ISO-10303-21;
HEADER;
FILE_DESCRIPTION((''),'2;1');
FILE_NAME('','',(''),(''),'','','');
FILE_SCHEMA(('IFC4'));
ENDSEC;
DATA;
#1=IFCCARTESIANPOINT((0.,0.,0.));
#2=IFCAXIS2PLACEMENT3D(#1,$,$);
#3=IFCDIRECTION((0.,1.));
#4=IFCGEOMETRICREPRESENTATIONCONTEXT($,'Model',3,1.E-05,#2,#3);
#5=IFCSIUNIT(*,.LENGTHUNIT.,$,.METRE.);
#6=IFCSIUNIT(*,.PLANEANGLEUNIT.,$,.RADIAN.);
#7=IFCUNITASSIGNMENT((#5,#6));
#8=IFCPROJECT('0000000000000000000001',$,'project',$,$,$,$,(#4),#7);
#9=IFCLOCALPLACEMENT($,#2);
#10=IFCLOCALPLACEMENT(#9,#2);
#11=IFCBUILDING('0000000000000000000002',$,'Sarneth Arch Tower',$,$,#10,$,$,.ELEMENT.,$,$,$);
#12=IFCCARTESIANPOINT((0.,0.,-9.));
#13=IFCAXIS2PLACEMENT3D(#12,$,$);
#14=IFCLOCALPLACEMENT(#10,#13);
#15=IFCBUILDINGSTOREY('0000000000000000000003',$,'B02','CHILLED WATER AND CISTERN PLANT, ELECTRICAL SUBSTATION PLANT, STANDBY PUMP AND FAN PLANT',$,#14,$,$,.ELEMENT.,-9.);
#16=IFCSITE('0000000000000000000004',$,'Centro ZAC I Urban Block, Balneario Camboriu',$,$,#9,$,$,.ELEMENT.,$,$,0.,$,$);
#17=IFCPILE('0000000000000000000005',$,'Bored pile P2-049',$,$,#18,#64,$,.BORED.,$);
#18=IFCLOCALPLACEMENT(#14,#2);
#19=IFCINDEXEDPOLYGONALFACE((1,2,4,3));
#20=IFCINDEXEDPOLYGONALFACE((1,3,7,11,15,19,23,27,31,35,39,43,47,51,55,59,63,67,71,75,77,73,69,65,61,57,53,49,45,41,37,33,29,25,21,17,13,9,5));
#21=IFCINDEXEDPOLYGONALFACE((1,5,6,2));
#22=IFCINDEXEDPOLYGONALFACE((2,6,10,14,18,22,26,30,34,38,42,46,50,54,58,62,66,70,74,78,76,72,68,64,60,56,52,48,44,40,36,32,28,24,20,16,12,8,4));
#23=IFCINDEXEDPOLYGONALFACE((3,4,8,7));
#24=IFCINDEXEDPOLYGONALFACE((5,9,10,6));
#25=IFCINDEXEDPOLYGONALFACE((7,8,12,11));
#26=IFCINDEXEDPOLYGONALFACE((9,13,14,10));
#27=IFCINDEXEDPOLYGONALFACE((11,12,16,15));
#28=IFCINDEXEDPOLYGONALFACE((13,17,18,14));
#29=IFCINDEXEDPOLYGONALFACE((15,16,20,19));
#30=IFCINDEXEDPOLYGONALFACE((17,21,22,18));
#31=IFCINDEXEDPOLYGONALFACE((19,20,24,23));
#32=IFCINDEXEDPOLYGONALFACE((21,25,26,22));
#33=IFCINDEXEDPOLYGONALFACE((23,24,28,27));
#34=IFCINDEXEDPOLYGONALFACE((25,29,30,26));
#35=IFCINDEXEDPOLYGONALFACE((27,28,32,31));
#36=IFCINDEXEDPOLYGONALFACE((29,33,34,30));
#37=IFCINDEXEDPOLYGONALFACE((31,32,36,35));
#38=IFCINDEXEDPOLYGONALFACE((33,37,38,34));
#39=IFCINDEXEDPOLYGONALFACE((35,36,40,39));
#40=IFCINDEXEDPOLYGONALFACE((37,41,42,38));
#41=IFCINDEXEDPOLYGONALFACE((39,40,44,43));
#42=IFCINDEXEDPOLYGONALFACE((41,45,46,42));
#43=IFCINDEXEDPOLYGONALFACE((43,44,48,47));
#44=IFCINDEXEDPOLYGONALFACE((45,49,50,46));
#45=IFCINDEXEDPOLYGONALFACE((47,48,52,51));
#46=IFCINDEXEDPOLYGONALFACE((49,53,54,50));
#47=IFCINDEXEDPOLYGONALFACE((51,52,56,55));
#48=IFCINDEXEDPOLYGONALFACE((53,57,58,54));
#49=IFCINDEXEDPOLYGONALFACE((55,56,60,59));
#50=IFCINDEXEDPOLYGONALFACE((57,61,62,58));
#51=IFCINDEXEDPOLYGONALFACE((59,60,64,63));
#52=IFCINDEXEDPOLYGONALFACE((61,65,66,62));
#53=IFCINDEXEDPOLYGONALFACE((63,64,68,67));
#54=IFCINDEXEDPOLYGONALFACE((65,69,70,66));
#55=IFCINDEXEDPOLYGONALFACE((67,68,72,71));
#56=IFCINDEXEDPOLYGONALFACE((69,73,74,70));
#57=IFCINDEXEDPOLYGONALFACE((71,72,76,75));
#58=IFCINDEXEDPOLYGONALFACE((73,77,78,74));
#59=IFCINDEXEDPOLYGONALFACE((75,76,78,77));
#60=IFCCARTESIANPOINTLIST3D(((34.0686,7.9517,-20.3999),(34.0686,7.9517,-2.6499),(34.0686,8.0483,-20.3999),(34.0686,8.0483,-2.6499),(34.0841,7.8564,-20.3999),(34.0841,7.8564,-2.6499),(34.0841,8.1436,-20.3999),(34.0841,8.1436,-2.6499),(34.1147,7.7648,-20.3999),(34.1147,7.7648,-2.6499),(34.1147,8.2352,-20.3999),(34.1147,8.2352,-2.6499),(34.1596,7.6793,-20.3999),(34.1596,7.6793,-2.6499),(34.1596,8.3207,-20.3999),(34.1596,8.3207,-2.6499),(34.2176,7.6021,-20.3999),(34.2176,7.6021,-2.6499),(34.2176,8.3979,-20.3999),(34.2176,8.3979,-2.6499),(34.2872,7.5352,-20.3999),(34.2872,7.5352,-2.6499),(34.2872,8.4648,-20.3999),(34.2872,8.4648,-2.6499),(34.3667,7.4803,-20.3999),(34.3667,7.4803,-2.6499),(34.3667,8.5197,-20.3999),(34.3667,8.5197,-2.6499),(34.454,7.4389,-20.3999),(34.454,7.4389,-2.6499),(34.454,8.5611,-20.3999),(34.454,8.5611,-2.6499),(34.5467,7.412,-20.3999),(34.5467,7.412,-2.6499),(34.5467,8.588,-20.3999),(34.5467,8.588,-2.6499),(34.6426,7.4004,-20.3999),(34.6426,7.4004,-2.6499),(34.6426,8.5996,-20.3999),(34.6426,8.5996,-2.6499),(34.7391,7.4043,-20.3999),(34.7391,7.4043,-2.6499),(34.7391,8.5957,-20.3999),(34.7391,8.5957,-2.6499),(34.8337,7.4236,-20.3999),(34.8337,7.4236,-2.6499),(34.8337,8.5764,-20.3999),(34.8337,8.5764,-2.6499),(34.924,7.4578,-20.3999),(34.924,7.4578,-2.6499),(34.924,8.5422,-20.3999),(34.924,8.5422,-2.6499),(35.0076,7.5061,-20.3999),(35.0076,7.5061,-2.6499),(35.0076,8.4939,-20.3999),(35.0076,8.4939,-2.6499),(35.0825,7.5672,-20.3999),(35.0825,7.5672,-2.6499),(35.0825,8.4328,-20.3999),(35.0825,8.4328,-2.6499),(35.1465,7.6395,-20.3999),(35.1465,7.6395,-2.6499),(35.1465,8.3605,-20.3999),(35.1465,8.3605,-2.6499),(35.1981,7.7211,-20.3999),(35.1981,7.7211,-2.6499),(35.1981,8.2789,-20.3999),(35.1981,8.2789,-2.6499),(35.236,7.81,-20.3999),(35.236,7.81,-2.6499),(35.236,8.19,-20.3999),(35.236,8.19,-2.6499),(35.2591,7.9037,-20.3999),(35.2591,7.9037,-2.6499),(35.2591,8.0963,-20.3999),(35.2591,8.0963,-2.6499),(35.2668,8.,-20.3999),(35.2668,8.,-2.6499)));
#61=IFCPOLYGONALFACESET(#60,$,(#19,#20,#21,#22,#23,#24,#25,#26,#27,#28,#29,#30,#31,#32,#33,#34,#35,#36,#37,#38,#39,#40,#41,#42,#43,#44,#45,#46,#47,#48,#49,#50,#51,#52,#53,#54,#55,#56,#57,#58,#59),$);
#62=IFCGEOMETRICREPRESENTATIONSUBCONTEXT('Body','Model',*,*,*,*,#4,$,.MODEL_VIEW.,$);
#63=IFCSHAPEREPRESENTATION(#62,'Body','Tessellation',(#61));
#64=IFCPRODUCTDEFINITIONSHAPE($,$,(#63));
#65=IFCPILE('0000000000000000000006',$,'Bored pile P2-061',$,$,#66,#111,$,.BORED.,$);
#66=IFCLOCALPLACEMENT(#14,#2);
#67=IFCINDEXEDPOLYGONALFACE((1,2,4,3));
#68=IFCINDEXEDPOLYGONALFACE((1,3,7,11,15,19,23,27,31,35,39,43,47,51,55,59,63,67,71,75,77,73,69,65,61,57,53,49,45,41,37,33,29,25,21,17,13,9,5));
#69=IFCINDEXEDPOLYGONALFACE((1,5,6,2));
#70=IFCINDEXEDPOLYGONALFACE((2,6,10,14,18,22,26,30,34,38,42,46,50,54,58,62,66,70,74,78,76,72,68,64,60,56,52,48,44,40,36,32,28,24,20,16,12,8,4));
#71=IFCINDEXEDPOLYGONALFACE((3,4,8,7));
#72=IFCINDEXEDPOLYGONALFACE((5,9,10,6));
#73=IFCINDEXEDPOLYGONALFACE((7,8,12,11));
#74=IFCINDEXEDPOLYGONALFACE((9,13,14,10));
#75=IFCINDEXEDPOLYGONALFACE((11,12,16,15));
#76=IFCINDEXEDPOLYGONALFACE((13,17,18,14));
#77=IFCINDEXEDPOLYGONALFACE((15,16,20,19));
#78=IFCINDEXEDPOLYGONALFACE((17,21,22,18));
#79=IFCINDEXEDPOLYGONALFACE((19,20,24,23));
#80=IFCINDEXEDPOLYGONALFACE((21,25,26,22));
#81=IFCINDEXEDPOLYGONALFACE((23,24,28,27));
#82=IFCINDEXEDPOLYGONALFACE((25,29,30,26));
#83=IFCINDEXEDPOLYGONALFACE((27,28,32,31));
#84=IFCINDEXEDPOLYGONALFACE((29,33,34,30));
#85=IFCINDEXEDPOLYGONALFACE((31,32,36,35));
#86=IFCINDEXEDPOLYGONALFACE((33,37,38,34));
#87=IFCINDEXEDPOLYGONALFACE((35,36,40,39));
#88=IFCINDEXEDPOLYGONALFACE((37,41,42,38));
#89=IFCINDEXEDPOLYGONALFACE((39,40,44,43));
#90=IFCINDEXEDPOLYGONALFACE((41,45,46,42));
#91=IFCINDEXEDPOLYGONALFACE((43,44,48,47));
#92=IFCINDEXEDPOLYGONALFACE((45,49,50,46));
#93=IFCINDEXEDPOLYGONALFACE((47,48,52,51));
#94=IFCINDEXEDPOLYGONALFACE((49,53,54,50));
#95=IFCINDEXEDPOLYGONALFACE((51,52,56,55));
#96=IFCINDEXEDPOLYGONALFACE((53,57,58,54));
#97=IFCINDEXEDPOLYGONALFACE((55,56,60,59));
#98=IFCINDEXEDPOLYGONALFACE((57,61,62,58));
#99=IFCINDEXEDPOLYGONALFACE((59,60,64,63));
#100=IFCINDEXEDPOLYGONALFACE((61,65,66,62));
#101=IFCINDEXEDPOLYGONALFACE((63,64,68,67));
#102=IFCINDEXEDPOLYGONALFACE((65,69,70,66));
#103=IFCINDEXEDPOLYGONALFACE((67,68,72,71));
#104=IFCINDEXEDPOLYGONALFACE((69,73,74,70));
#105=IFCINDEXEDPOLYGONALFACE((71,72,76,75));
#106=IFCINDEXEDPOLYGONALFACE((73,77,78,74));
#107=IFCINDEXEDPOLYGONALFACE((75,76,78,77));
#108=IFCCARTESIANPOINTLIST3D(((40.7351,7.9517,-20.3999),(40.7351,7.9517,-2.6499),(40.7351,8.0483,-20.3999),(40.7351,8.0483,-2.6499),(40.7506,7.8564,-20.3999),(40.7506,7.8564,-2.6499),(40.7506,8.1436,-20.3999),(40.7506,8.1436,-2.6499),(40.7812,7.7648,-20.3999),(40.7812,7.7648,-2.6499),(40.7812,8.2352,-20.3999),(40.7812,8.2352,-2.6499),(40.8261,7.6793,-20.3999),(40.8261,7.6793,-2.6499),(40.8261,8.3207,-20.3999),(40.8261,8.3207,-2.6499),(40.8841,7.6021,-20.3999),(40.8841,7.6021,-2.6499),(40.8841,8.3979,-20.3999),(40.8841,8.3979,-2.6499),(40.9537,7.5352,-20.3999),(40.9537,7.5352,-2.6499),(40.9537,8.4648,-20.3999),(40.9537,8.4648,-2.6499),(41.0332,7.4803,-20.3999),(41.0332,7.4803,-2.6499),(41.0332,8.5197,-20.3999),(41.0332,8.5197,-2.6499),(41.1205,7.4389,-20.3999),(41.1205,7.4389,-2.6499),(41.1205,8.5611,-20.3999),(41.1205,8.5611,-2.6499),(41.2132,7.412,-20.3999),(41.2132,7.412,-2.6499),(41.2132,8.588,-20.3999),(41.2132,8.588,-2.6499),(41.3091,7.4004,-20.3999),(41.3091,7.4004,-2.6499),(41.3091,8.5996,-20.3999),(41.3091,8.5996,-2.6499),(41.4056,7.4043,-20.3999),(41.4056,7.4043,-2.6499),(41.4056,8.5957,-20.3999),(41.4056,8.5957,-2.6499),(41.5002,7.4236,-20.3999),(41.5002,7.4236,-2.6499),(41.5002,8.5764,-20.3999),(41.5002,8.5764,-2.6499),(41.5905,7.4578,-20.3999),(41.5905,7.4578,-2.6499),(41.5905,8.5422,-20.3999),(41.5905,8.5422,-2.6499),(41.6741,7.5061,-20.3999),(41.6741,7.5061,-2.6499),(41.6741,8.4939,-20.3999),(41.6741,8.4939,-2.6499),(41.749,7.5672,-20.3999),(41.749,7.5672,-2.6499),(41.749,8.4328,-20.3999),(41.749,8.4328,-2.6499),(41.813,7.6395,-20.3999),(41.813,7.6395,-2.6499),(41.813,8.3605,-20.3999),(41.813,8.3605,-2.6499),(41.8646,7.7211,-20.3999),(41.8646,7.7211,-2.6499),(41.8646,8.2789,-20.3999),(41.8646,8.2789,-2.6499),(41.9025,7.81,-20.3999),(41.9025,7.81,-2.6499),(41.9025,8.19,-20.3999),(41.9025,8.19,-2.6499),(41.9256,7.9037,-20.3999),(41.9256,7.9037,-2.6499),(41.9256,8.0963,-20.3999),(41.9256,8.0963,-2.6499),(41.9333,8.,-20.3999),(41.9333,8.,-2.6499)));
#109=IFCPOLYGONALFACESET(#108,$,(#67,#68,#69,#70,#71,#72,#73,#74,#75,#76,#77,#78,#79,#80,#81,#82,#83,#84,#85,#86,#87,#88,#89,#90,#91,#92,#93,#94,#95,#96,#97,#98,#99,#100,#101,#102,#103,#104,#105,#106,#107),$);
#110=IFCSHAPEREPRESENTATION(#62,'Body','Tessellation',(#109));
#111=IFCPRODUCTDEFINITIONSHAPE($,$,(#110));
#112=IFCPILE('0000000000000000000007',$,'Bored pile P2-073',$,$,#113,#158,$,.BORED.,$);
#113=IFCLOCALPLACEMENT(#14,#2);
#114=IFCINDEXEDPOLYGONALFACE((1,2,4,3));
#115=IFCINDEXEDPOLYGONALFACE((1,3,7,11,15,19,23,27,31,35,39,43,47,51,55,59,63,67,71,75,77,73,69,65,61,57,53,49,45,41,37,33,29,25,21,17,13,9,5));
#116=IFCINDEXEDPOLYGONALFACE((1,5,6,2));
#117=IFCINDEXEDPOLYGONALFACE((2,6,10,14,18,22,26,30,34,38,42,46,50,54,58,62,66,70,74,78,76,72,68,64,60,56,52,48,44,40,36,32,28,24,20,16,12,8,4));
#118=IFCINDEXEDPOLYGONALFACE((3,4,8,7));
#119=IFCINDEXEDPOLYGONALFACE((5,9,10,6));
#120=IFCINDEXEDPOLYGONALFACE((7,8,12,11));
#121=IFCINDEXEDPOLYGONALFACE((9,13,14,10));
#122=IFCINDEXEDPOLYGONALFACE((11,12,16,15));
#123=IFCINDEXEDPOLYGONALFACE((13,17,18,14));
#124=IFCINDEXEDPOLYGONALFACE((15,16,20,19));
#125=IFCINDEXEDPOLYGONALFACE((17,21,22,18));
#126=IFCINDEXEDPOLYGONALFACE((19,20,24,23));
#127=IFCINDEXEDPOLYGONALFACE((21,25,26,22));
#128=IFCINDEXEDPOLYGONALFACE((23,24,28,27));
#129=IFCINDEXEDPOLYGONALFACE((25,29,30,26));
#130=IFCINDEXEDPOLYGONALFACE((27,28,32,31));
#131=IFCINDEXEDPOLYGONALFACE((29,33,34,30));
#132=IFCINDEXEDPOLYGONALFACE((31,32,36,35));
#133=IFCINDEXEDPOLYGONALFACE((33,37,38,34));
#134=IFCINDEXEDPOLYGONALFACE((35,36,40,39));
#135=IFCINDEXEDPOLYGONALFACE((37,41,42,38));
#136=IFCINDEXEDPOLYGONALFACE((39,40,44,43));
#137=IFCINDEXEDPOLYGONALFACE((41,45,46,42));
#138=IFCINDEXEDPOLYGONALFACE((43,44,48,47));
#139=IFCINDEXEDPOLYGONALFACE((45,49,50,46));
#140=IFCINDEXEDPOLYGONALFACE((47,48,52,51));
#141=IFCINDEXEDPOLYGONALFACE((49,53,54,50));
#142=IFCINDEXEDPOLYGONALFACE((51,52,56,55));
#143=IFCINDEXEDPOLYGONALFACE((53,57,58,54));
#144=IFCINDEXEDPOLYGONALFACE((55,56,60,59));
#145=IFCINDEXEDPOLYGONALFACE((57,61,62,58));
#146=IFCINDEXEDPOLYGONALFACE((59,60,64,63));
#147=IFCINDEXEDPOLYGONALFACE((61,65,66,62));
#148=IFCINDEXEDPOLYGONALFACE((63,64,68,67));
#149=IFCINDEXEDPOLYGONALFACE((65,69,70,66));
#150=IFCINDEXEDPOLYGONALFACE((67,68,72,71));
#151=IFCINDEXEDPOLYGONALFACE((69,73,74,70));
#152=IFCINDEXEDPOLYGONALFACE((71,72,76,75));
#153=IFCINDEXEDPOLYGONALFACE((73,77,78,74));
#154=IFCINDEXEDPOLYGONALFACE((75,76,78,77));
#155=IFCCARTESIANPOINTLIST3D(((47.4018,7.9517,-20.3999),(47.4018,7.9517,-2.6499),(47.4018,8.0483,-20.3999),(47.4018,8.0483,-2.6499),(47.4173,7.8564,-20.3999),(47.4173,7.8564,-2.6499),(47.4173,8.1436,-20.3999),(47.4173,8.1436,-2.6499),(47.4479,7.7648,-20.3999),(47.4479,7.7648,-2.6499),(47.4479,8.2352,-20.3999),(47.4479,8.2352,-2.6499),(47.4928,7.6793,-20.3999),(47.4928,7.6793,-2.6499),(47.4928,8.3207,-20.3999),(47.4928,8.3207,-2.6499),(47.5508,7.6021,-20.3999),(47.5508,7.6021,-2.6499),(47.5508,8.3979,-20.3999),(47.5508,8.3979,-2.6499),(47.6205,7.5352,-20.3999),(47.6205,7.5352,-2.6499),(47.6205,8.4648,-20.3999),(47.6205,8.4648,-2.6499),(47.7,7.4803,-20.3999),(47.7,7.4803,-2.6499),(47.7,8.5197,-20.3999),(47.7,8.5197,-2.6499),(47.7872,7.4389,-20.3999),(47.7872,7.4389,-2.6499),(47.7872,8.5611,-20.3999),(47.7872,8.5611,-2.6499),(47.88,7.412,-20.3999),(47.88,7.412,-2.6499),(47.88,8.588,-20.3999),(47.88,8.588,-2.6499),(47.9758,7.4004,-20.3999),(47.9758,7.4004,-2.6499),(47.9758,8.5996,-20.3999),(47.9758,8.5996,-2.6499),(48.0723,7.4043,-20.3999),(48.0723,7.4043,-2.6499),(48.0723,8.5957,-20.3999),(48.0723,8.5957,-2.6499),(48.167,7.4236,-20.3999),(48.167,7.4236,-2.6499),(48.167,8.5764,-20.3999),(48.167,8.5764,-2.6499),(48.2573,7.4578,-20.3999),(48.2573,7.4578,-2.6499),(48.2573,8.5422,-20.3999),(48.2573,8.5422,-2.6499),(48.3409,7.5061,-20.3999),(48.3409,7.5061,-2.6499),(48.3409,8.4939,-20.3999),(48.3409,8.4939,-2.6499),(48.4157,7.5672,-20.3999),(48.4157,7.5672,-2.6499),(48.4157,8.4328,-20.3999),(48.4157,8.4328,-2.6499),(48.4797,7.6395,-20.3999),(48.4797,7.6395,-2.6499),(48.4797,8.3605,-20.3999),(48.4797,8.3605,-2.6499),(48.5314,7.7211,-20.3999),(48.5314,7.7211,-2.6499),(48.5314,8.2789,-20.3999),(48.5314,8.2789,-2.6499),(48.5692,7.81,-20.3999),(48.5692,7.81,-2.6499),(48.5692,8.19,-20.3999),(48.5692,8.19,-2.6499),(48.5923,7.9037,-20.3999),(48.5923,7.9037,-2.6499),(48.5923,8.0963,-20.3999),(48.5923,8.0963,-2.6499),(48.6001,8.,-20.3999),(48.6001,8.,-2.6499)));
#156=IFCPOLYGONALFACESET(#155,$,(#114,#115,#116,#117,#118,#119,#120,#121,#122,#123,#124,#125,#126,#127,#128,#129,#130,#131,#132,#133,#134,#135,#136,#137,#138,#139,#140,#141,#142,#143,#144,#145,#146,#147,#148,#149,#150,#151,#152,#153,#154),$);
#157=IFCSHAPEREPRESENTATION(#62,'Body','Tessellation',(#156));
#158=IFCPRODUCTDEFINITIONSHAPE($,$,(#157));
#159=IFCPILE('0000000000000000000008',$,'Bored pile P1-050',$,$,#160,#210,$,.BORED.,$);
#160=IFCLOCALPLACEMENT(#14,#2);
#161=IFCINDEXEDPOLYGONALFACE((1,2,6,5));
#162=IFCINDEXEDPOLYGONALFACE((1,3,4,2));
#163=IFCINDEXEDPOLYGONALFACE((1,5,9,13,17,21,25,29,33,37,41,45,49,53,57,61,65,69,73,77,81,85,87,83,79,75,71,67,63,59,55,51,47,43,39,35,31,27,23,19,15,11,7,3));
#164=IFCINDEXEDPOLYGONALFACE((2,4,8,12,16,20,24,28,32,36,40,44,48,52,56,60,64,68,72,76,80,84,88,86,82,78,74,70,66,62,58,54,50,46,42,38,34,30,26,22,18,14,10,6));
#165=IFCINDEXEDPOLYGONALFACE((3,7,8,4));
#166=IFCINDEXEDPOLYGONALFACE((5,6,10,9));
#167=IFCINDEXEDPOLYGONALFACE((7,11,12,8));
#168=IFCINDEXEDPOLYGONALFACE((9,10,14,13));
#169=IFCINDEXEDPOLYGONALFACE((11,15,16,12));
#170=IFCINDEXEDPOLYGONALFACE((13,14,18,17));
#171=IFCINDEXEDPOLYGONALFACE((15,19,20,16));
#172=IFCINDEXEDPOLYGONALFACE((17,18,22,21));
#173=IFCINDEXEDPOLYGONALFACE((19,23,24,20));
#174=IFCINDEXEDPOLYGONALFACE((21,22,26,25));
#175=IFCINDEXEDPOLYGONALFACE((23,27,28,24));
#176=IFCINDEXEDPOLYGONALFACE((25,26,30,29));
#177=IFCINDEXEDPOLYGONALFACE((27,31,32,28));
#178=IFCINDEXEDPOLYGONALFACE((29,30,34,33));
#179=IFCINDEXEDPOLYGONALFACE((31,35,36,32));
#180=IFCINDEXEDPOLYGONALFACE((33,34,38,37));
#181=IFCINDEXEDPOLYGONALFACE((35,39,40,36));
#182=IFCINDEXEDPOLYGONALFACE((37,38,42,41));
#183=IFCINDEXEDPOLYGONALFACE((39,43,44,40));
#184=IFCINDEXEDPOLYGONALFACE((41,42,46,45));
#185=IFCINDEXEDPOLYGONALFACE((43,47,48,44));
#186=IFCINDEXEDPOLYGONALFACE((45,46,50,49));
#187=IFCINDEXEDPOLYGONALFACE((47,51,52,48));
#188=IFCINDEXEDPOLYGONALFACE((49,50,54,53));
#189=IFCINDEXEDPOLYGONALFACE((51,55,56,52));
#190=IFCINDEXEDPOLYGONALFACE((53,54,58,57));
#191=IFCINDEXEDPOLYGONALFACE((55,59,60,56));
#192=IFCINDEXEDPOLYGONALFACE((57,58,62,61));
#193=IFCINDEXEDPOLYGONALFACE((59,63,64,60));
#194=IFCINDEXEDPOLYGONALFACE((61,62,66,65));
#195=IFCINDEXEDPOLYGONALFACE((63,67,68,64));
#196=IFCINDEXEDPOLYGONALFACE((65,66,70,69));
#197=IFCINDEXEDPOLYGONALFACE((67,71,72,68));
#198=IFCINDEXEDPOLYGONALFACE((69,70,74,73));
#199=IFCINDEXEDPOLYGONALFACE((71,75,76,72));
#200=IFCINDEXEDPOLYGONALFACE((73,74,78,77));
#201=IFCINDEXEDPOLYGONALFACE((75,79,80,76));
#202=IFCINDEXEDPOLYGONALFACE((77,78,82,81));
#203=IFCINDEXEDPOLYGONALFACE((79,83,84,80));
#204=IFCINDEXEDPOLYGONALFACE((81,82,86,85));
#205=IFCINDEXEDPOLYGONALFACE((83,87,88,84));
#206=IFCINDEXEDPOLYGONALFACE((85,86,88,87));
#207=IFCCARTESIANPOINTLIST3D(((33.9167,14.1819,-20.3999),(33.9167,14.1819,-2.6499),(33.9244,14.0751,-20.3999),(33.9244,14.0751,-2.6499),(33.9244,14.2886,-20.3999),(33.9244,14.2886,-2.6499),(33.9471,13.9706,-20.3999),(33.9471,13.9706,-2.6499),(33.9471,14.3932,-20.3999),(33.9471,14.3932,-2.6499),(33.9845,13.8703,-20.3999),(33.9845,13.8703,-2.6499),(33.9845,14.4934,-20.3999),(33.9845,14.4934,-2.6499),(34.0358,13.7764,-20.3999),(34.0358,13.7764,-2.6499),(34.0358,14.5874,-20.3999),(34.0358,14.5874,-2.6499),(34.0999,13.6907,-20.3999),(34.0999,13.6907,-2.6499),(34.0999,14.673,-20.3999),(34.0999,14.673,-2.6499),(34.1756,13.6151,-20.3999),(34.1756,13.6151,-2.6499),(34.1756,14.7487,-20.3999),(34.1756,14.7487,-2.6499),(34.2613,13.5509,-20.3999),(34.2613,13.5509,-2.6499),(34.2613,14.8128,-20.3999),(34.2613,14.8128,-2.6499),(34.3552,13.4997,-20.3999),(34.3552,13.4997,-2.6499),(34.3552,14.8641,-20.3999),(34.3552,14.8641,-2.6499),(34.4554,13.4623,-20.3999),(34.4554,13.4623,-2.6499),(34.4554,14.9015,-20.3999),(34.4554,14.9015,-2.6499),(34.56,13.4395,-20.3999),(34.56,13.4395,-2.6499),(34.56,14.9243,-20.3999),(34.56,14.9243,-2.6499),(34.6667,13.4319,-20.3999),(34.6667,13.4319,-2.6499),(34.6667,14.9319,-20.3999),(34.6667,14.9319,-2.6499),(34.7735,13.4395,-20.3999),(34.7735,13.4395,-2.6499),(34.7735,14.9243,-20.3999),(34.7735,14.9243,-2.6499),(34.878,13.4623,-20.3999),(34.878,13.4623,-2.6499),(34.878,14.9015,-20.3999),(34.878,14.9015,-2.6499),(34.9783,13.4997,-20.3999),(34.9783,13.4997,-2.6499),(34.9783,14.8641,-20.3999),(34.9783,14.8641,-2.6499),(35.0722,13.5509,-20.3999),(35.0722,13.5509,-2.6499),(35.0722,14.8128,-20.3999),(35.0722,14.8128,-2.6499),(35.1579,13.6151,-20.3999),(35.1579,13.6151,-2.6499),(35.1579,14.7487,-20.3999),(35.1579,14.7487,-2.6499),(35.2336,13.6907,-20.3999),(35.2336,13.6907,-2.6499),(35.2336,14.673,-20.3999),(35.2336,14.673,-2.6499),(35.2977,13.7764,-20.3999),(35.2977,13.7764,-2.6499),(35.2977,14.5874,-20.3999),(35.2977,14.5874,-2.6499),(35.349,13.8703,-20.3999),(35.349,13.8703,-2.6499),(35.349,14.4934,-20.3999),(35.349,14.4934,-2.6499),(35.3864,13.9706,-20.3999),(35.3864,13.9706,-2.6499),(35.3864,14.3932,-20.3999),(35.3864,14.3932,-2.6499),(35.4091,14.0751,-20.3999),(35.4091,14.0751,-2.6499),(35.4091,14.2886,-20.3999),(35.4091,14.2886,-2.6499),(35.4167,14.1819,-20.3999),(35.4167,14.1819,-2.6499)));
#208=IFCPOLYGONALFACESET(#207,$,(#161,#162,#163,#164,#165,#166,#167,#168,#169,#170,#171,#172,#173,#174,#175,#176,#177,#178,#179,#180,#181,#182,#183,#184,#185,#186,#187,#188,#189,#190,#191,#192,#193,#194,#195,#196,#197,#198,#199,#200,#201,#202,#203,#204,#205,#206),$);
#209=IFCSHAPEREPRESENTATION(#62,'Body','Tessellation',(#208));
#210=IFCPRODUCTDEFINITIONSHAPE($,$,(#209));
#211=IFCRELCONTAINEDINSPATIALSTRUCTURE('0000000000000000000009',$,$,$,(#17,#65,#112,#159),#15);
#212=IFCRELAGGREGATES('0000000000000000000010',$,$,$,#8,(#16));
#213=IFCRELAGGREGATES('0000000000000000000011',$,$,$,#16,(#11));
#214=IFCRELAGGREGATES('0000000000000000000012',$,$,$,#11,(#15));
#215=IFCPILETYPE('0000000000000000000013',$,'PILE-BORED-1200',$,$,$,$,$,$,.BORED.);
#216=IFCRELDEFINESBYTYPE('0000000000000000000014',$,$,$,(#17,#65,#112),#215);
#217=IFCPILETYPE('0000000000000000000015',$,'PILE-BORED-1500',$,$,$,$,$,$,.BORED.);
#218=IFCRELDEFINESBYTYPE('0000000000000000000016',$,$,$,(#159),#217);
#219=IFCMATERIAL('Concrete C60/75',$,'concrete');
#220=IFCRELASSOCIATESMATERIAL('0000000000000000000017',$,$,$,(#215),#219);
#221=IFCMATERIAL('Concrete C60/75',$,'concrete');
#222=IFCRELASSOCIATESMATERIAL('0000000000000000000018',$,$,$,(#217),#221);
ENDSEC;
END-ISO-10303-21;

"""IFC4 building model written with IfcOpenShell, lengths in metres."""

from ifc_helpers import new_model, si_unit, direction, frame, origin, origin_2d, place, context, subcontext, project, spatial, circle, extrude, material, material_profile, profile_set, type_object, element, save


model = new_model("IFC4")

# Units and contexts
model_context = context("Model", 3, precision=1e-05, world=origin(), true_north=direction((0.0, 1.0)))
body_context = subcontext(model_context, "Body", "Model", "MODEL_VIEW")
ifc_project = project(units=[si_unit("LENGTHUNIT", "METRE"), si_unit("PLANEANGLEUNIT", "RADIAN")], contexts=[model_context])

# Site, building, storey
site_placement = place(None, origin())
site = spatial("IfcSite", under=ifc_project, at=site_placement, Name="Centro ZAC I Urban Block, Balneario Camboriu", CompositionType="ELEMENT", RefElevation=0.0)
building_placement = place(site_placement, origin())
building = spatial("IfcBuilding", under=site, at=building_placement, Name="Sarneth Arch Tower", CompositionType="ELEMENT")
storey_placement = place(building_placement, frame((0.0, 0.0, -9.0)))
storey = spatial("IfcBuildingStorey", under=building, at=storey_placement, Name="B02", Description="CHILLED WATER AND CISTERN PLANT, ELECTRICAL SUBSTATION PLANT, STANDBY PUMP AND FAN PLANT", CompositionType="ELEMENT", Elevation=-9.0)

# Piles
ifc_material_1 = material(Name="Concrete C60/75", Category="concrete")
ifc_material_profile_1 = material_profile(ifc_material_1, circle(Radius=0.6001, at=origin_2d()), Name="PILE-D1200")
ifc_profile_set_1 = profile_set([ifc_material_profile_1], Name="Concrete C60/75")
pile_type_1 = type_object("IfcPileType", Name="PILE-BORED-1200", PredefinedType="BORED", material=ifc_profile_set_1)
for number, where, z_axis, x_axis, name in (
    (1, (34.6667, 8.0, -2.6499), (0.0, 0.0, -1.0), (1.0, 0.0, 0.0), "Bored pile P2-049"),
    (2, (41.3333, 8.0, -2.6499), (0.0, 0.0, -1.0), (1.0, 0.0, 0.0), "Bored pile P2-061"),
    (3, (48.0, 8.0, -2.6499), (0.0, 0.0, -1.0), (1.0, 0.0, 0.0), "Bored pile P2-073"),
):
    element("IfcPile", number, at=place(storey_placement, frame(where, z_axis=z_axis, x_axis=x_axis)), inside=storey, type_object=pile_type_1, Name=name, PredefinedType="BORED", context=body_context, shape_type="SweptSolid", body=[
        extrude(circle(Radius=0.6001, at=origin_2d()), origin(), (0.0, 0.0, 1.0), 17.75),
    ])
ifc_material_2 = material(Name="Concrete C60/75", Category="concrete")
ifc_material_profile_2 = material_profile(ifc_material_2, circle(Radius=0.75, at=origin_2d()), Name="PILE-D1500")
ifc_profile_set_2 = profile_set([ifc_material_profile_2], Name="Concrete C60/75")
pile_type_2 = type_object("IfcPileType", Name="PILE-BORED-1500", PredefinedType="BORED", material=ifc_profile_set_2)
for number, where, z_axis, x_axis, name in (
    (4, (34.6667, 14.1819, -2.6499), (0.0, 0.0, -1.0), (1.0, 0.0, 0.0), "Bored pile P1-050"),
):
    element("IfcPile", number, at=place(storey_placement, frame(where, z_axis=z_axis, x_axis=x_axis)), inside=storey, type_object=pile_type_2, Name=name, PredefinedType="BORED", context=body_context, shape_type="SweptSolid", body=[
        extrude(circle(Radius=0.75, at=origin_2d()), origin(), (0.0, 0.0, 1.0), 17.75),
    ])

save(model, "model.ifc")
